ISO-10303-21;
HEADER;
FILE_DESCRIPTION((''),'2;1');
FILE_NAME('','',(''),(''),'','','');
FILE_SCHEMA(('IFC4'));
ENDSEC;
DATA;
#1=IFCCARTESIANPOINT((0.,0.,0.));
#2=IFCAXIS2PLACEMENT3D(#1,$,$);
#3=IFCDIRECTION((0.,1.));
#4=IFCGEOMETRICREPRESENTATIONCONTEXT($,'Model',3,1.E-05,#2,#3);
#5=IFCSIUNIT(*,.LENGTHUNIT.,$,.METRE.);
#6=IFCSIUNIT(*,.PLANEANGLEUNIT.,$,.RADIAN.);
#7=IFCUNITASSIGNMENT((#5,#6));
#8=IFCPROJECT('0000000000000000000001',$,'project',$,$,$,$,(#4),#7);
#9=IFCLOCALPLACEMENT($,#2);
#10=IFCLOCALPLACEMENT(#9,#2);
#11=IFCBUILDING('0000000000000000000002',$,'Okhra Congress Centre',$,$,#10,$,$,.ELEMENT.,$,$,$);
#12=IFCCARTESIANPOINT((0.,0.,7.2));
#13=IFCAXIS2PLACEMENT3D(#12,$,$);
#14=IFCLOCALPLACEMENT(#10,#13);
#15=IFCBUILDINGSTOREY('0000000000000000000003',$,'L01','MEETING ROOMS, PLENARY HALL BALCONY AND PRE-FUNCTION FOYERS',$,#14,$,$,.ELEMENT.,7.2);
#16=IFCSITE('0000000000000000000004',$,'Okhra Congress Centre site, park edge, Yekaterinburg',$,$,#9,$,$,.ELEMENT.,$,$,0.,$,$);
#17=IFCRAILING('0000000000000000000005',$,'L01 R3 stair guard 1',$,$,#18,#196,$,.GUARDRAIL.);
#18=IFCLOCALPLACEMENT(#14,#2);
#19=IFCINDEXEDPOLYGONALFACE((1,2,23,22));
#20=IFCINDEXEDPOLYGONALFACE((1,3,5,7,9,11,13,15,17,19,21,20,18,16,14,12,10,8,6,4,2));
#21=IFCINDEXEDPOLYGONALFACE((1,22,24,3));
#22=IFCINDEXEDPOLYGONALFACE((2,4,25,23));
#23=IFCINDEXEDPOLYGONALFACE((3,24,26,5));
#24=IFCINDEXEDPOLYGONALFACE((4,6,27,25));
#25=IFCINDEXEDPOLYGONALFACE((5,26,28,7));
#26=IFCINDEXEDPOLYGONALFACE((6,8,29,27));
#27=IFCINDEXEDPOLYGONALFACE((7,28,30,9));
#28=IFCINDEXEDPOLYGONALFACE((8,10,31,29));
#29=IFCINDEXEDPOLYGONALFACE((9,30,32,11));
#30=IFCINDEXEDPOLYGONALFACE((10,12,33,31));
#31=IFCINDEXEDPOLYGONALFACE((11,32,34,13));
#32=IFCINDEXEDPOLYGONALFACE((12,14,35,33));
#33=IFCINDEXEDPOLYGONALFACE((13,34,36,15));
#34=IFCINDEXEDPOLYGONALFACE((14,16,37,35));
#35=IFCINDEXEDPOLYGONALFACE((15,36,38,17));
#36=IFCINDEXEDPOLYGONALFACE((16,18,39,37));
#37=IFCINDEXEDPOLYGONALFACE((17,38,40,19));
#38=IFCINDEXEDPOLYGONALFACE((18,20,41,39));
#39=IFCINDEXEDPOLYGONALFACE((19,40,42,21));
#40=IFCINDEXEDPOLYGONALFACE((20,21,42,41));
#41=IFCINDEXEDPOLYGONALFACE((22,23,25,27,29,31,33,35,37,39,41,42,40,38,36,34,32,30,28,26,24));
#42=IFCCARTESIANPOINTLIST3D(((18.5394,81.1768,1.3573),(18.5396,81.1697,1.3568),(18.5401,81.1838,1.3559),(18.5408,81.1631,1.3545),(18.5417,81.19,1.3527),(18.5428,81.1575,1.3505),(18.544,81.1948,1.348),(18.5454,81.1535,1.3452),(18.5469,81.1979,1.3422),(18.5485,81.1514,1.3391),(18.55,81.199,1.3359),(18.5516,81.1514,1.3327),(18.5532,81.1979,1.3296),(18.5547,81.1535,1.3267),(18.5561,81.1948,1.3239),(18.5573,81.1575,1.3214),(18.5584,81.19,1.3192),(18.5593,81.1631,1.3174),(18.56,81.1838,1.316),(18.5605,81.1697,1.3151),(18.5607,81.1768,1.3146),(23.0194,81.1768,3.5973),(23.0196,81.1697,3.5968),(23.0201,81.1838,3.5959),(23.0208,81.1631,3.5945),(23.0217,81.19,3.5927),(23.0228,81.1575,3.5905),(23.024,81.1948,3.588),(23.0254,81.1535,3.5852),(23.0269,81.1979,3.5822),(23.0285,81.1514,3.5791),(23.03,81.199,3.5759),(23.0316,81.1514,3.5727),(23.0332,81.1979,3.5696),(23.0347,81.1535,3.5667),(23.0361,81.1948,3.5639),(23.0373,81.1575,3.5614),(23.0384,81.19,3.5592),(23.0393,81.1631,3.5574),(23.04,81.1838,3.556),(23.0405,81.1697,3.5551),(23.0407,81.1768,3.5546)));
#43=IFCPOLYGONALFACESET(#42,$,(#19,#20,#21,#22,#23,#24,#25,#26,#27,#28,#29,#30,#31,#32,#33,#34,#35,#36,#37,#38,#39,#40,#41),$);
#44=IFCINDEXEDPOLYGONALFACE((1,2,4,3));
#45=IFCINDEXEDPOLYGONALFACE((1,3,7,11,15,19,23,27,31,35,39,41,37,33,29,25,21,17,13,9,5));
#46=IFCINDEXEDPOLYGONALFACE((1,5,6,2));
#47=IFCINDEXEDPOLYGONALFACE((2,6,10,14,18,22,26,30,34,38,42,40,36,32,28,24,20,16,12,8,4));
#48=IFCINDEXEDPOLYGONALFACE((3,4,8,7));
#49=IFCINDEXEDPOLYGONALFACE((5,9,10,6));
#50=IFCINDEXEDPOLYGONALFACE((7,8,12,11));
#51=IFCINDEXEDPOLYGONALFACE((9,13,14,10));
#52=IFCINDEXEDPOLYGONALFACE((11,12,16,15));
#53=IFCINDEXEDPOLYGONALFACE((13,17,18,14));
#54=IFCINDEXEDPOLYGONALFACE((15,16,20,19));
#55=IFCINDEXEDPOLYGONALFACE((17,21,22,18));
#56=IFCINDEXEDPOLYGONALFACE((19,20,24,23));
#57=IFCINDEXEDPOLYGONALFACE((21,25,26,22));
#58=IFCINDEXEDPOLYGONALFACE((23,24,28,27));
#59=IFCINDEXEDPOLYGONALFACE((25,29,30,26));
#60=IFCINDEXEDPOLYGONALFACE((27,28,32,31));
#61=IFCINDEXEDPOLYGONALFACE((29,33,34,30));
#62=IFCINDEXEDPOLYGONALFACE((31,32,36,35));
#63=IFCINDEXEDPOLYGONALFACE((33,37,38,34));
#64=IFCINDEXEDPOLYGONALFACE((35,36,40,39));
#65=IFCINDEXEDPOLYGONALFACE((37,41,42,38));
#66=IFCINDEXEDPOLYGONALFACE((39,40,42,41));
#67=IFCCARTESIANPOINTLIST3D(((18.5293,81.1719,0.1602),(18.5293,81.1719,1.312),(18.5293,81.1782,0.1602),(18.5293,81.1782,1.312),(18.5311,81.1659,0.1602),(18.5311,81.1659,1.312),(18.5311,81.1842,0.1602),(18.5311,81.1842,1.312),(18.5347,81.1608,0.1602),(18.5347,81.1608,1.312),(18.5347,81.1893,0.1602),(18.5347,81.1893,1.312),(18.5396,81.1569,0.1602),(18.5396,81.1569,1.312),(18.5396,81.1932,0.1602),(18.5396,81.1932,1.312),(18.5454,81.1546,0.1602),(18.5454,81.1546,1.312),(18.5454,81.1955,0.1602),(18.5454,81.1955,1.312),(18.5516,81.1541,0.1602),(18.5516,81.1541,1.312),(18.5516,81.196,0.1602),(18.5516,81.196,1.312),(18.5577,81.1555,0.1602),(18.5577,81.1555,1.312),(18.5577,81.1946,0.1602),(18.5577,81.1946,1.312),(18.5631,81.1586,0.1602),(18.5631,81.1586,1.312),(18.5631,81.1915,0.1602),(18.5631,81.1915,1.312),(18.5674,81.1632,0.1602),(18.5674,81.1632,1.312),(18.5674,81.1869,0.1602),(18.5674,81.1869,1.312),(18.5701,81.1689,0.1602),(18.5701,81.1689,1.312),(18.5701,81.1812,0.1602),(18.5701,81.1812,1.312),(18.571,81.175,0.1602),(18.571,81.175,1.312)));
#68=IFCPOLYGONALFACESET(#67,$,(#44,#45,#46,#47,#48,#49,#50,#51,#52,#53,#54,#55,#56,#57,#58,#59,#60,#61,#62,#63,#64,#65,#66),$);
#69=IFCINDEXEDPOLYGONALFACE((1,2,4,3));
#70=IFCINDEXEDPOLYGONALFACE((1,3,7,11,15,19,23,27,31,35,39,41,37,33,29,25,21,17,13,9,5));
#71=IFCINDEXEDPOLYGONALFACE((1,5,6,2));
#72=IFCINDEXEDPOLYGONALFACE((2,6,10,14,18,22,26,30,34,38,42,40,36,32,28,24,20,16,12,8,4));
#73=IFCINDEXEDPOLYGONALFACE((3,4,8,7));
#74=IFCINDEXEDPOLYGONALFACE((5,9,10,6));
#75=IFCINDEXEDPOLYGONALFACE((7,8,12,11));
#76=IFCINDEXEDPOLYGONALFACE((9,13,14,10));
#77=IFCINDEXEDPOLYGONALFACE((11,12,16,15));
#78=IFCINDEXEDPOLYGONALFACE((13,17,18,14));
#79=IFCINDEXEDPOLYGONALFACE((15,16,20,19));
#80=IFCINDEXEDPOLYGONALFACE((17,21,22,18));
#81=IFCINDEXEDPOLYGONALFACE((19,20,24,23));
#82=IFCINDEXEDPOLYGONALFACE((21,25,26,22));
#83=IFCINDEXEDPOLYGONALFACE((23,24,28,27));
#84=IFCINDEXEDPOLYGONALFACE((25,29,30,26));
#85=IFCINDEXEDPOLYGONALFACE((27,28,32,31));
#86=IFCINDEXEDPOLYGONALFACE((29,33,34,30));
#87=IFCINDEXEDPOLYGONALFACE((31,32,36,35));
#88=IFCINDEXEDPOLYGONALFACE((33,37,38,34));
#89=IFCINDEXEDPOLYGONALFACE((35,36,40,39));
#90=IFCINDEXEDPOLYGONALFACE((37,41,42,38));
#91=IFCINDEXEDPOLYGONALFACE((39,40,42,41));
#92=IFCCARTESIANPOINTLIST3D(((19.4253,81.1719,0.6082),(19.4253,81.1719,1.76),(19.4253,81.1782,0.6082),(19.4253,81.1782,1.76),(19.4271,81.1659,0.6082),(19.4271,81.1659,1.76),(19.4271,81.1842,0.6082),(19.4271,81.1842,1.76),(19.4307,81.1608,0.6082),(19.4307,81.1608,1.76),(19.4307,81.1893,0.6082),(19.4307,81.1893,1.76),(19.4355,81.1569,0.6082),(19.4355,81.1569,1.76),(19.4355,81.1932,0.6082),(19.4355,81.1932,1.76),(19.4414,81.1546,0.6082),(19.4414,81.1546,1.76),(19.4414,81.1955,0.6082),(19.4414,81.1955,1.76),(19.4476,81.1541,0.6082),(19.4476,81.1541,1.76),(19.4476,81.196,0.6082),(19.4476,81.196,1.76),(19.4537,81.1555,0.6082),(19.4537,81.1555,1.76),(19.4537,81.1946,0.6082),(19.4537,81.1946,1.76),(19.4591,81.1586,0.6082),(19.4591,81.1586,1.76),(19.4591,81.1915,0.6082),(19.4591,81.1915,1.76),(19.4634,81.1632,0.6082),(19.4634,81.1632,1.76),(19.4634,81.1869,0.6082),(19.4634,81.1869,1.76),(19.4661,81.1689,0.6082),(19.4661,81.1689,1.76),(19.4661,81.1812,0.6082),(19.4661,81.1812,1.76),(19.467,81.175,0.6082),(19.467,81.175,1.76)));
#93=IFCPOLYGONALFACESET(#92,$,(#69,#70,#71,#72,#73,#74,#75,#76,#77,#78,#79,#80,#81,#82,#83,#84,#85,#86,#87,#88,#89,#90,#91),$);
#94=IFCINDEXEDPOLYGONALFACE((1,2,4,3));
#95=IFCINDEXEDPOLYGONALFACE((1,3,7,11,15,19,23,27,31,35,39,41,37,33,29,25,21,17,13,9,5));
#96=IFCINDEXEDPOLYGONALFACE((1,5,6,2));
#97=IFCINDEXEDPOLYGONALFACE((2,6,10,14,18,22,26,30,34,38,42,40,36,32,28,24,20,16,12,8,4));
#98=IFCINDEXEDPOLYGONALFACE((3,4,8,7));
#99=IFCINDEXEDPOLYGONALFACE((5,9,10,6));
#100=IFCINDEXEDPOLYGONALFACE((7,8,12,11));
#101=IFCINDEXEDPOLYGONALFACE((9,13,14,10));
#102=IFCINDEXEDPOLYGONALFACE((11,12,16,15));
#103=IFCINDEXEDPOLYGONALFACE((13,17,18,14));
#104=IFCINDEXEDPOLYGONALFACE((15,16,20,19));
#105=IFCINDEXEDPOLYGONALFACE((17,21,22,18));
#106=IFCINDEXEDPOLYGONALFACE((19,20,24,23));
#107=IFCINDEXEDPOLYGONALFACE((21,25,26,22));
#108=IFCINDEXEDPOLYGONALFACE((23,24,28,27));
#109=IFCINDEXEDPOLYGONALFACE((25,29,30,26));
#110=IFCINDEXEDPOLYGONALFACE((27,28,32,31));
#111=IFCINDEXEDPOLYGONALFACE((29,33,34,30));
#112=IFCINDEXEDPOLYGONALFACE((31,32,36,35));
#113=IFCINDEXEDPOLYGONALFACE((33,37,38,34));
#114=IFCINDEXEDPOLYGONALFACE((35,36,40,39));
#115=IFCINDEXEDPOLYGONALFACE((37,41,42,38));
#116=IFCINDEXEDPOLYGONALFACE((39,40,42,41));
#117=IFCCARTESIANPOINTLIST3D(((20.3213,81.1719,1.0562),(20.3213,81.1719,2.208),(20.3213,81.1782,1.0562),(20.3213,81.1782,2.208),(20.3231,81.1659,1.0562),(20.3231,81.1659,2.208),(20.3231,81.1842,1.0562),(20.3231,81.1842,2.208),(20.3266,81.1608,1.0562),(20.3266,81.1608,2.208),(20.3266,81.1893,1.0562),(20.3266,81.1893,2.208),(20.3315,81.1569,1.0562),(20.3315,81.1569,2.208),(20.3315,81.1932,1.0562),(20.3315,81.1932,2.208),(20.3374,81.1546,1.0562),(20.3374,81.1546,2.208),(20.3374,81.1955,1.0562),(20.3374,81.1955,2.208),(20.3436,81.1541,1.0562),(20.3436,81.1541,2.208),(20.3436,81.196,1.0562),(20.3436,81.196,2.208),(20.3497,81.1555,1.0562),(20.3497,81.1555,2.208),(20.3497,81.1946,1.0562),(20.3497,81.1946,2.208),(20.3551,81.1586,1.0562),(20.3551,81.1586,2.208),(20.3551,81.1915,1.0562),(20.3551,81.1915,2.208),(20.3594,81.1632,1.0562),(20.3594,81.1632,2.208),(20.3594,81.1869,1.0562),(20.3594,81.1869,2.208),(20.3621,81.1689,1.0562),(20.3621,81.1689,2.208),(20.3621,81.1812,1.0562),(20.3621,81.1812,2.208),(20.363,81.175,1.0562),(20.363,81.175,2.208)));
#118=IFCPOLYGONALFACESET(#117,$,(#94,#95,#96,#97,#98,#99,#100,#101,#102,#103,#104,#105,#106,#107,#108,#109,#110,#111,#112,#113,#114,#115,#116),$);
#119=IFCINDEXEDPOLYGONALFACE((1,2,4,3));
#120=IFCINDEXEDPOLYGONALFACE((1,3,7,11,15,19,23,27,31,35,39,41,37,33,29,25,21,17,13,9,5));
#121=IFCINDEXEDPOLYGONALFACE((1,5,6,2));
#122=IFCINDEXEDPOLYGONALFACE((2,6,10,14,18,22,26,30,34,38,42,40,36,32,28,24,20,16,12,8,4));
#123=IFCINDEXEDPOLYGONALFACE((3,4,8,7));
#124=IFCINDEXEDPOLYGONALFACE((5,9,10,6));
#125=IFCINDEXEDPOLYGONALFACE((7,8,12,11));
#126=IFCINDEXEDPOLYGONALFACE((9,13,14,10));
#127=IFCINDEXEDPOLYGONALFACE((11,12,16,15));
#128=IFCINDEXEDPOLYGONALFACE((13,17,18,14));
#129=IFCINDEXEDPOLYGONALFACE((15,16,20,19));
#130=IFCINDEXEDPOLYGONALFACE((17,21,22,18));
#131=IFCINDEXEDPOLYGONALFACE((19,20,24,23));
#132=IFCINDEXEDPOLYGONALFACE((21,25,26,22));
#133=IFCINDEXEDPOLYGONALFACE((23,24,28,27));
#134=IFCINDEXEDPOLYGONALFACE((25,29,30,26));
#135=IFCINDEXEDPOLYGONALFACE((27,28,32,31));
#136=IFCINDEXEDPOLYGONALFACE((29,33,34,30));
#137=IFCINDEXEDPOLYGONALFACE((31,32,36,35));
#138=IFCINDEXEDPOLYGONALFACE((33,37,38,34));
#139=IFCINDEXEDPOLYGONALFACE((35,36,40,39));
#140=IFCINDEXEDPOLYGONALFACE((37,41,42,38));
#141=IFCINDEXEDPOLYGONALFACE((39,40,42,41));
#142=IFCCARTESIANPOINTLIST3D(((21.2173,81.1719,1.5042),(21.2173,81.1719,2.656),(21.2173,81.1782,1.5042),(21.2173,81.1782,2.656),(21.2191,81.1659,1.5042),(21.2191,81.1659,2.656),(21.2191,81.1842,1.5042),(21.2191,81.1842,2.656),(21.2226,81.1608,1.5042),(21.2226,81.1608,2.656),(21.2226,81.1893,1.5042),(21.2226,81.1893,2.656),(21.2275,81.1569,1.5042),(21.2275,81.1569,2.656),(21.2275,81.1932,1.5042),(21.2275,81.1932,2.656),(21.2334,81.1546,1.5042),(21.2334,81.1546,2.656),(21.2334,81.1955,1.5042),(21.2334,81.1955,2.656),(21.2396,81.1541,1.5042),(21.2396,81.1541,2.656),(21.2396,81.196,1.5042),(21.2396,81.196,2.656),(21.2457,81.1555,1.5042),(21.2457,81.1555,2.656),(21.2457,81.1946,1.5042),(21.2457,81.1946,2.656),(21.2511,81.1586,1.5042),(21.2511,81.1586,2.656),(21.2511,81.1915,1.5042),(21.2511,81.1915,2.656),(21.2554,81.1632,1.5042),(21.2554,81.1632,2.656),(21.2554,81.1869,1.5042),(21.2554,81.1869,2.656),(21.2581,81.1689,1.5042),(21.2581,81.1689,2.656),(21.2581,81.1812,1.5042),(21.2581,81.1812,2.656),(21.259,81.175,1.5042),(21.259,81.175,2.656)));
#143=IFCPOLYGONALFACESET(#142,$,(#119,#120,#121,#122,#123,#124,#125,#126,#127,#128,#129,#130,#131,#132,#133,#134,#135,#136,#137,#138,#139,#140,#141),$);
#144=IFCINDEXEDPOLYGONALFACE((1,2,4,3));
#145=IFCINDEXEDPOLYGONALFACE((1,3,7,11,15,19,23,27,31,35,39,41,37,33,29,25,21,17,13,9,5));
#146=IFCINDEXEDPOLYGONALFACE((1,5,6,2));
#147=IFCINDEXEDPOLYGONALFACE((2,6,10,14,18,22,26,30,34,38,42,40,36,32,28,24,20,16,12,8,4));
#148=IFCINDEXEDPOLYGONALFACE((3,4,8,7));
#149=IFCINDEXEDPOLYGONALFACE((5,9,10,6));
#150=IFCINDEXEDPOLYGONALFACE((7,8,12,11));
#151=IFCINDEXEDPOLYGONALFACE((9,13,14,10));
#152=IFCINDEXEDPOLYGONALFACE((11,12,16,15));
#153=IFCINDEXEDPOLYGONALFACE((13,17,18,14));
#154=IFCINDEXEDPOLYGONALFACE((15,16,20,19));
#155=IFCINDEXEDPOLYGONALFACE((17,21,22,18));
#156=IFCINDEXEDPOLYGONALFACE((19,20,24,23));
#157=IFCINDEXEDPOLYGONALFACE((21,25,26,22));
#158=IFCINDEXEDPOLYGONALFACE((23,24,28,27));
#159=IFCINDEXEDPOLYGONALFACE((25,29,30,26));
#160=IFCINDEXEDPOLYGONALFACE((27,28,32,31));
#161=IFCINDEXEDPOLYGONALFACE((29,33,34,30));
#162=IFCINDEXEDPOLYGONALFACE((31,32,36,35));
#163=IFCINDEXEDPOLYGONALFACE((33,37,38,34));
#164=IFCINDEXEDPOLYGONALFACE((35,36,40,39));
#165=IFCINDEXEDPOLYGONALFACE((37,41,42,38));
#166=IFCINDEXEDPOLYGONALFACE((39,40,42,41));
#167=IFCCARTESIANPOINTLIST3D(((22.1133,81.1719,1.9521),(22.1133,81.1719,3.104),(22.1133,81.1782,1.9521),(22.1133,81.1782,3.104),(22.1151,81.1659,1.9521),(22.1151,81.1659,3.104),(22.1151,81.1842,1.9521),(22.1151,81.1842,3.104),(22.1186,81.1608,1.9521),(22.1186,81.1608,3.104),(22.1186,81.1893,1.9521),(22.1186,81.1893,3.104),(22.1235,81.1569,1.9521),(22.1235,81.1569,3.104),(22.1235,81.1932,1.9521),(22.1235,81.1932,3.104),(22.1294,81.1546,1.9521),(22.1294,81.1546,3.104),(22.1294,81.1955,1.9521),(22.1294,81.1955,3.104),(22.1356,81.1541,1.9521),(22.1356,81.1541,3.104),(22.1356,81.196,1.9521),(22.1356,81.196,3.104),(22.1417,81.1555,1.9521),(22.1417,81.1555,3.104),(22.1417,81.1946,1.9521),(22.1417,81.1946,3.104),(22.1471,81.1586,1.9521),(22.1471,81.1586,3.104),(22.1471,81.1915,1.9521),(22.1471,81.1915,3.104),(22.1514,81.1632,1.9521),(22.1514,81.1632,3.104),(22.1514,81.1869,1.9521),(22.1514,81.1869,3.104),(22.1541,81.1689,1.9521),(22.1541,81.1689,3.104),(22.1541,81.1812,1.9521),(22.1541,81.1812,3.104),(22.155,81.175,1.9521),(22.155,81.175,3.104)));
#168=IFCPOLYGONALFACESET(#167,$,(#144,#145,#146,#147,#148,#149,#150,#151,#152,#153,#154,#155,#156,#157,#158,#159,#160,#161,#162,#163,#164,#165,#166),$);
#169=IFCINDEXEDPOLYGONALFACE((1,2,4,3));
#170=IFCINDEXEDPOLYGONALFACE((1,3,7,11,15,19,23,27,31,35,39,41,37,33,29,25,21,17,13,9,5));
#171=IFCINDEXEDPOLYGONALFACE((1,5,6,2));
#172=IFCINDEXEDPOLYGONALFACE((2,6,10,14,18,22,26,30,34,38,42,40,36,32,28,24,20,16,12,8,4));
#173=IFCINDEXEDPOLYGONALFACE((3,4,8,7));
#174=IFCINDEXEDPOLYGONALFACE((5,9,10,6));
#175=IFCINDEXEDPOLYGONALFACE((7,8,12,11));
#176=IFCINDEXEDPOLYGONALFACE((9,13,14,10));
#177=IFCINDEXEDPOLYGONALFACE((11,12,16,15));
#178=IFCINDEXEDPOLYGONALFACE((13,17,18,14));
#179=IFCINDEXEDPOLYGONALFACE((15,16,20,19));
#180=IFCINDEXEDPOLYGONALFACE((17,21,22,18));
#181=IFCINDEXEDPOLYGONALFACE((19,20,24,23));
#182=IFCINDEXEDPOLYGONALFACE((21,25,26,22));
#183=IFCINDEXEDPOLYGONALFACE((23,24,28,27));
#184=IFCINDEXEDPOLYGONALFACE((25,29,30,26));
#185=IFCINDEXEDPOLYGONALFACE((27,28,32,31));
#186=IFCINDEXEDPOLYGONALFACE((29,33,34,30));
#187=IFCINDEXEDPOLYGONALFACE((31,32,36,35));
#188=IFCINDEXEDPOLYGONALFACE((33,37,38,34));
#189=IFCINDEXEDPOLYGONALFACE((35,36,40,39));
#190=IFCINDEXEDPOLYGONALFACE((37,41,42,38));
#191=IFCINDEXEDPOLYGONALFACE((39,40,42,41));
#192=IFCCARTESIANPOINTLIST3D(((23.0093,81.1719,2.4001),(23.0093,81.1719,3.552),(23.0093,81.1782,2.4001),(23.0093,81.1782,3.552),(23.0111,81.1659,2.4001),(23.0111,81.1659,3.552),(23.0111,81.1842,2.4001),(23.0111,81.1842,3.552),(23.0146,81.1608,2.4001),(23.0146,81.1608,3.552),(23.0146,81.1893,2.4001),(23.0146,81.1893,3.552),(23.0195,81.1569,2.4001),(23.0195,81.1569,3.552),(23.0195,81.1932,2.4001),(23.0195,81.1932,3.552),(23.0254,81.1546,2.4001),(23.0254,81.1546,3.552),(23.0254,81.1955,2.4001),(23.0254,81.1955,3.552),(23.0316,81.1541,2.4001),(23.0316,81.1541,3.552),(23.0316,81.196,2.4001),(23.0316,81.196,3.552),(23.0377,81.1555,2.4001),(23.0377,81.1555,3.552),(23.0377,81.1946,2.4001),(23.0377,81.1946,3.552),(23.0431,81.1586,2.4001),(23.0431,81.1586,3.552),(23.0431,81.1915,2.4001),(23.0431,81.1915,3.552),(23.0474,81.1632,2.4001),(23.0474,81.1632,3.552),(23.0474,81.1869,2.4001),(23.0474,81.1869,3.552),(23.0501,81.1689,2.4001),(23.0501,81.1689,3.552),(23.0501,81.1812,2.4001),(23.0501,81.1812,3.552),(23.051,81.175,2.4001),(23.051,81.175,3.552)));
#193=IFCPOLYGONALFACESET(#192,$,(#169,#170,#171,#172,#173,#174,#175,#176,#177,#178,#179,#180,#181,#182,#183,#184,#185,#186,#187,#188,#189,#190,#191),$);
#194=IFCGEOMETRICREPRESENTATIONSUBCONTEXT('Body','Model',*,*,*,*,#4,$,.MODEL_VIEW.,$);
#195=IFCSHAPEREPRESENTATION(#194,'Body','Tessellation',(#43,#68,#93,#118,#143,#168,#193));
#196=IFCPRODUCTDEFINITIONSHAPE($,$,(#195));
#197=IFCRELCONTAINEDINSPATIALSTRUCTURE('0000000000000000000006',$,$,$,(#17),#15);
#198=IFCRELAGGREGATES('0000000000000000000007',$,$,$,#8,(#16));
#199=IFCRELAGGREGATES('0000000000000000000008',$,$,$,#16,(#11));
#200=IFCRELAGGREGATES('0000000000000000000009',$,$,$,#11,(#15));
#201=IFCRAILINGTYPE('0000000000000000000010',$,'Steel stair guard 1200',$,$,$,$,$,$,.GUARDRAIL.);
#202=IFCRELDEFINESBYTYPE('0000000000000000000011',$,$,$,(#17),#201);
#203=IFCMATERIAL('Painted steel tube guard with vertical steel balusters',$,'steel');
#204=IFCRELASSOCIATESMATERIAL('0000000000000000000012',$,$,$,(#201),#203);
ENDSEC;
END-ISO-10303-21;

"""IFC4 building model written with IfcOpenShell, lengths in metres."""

from ifc_helpers import new_model, si_unit, direction, frame, origin, origin_2d, place, context, subcontext, project, spatial, circle, extrude, material, type_object, element, save


model = new_model("IFC4")

# Units and contexts
model_context = context("Model", 3, precision=1e-05, world=origin(), true_north=direction((0.0, 1.0)))
body_context = subcontext(model_context, "Body", "Model", "MODEL_VIEW")
ifc_project = project(units=[si_unit("LENGTHUNIT", "METRE"), si_unit("PLANEANGLEUNIT", "RADIAN")], contexts=[model_context])

# Site, building, storey
site_placement = place(None, origin())
site = spatial("IfcSite", under=ifc_project, at=site_placement, Name="Okhra Congress Centre site, park edge, Yekaterinburg", CompositionType="ELEMENT", RefElevation=0.0)
building_placement = place(site_placement, origin())
building = spatial("IfcBuilding", under=site, at=building_placement, Name="Okhra Congress Centre", CompositionType="ELEMENT")
storey_placement = place(building_placement, frame((0.0, 0.0, 7.2)))
storey = spatial("IfcBuildingStorey", under=building, at=storey_placement, Name="L01", Description="MEETING ROOMS, PLENARY HALL BALCONY AND PRE-FUNCTION FOYERS", CompositionType="ELEMENT", Elevation=7.2)

# Railing
ifc_material_1 = material(Name="Painted steel tube guard with vertical steel balusters", Category="steel")
railing_type_1 = type_object("IfcRailingType", Name="Steel stair guard 1200", PredefinedType="GUARDRAIL", material=ifc_material_1)
railing_1_placement = place(storey_placement, frame((18.55, 81.175, 0.1602)))
element("IfcRailing", 1, at=railing_1_placement, inside=storey, type_object=railing_type_1, Name="L01 R3 stair guard 1", PredefinedType="GUARDRAIL", context=body_context, shape_type="SweptSolid", body=[
    extrude(circle(Radius=0.0239, at=origin_2d()), frame((0.0, 0.0, 1.1758), z_axis=(0.894427, 0.0, 0.447214), x_axis=(0.0, 1.0, 0.0)), (0.0, 0.0, 1.0), 5.0088),
    extrude(circle(Radius=0.021, at=origin_2d()), origin(), (0.0, 0.0, 1.0), 1.1519),
    extrude(circle(Radius=0.021, at=origin_2d()), frame((0.896, 0.0, 0.448)), (0.0, 0.0, 1.0), 1.1519),
    extrude(circle(Radius=0.021, at=origin_2d()), frame((1.792, 0.0, 0.896)), (0.0, 0.0, 1.0), 1.1519),
    extrude(circle(Radius=0.021, at=origin_2d()), frame((2.688, 0.0, 1.344)), (0.0, 0.0, 1.0), 1.1519),
    extrude(circle(Radius=0.021, at=origin_2d()), frame((3.584, 0.0, 1.792)), (0.0, 0.0, 1.0), 1.1519),
    extrude(circle(Radius=0.021, at=origin_2d()), frame((4.48, 0.0, 2.24)), (0.0, 0.0, 1.0), 1.1519),
])

save(model, "model.ifc")
